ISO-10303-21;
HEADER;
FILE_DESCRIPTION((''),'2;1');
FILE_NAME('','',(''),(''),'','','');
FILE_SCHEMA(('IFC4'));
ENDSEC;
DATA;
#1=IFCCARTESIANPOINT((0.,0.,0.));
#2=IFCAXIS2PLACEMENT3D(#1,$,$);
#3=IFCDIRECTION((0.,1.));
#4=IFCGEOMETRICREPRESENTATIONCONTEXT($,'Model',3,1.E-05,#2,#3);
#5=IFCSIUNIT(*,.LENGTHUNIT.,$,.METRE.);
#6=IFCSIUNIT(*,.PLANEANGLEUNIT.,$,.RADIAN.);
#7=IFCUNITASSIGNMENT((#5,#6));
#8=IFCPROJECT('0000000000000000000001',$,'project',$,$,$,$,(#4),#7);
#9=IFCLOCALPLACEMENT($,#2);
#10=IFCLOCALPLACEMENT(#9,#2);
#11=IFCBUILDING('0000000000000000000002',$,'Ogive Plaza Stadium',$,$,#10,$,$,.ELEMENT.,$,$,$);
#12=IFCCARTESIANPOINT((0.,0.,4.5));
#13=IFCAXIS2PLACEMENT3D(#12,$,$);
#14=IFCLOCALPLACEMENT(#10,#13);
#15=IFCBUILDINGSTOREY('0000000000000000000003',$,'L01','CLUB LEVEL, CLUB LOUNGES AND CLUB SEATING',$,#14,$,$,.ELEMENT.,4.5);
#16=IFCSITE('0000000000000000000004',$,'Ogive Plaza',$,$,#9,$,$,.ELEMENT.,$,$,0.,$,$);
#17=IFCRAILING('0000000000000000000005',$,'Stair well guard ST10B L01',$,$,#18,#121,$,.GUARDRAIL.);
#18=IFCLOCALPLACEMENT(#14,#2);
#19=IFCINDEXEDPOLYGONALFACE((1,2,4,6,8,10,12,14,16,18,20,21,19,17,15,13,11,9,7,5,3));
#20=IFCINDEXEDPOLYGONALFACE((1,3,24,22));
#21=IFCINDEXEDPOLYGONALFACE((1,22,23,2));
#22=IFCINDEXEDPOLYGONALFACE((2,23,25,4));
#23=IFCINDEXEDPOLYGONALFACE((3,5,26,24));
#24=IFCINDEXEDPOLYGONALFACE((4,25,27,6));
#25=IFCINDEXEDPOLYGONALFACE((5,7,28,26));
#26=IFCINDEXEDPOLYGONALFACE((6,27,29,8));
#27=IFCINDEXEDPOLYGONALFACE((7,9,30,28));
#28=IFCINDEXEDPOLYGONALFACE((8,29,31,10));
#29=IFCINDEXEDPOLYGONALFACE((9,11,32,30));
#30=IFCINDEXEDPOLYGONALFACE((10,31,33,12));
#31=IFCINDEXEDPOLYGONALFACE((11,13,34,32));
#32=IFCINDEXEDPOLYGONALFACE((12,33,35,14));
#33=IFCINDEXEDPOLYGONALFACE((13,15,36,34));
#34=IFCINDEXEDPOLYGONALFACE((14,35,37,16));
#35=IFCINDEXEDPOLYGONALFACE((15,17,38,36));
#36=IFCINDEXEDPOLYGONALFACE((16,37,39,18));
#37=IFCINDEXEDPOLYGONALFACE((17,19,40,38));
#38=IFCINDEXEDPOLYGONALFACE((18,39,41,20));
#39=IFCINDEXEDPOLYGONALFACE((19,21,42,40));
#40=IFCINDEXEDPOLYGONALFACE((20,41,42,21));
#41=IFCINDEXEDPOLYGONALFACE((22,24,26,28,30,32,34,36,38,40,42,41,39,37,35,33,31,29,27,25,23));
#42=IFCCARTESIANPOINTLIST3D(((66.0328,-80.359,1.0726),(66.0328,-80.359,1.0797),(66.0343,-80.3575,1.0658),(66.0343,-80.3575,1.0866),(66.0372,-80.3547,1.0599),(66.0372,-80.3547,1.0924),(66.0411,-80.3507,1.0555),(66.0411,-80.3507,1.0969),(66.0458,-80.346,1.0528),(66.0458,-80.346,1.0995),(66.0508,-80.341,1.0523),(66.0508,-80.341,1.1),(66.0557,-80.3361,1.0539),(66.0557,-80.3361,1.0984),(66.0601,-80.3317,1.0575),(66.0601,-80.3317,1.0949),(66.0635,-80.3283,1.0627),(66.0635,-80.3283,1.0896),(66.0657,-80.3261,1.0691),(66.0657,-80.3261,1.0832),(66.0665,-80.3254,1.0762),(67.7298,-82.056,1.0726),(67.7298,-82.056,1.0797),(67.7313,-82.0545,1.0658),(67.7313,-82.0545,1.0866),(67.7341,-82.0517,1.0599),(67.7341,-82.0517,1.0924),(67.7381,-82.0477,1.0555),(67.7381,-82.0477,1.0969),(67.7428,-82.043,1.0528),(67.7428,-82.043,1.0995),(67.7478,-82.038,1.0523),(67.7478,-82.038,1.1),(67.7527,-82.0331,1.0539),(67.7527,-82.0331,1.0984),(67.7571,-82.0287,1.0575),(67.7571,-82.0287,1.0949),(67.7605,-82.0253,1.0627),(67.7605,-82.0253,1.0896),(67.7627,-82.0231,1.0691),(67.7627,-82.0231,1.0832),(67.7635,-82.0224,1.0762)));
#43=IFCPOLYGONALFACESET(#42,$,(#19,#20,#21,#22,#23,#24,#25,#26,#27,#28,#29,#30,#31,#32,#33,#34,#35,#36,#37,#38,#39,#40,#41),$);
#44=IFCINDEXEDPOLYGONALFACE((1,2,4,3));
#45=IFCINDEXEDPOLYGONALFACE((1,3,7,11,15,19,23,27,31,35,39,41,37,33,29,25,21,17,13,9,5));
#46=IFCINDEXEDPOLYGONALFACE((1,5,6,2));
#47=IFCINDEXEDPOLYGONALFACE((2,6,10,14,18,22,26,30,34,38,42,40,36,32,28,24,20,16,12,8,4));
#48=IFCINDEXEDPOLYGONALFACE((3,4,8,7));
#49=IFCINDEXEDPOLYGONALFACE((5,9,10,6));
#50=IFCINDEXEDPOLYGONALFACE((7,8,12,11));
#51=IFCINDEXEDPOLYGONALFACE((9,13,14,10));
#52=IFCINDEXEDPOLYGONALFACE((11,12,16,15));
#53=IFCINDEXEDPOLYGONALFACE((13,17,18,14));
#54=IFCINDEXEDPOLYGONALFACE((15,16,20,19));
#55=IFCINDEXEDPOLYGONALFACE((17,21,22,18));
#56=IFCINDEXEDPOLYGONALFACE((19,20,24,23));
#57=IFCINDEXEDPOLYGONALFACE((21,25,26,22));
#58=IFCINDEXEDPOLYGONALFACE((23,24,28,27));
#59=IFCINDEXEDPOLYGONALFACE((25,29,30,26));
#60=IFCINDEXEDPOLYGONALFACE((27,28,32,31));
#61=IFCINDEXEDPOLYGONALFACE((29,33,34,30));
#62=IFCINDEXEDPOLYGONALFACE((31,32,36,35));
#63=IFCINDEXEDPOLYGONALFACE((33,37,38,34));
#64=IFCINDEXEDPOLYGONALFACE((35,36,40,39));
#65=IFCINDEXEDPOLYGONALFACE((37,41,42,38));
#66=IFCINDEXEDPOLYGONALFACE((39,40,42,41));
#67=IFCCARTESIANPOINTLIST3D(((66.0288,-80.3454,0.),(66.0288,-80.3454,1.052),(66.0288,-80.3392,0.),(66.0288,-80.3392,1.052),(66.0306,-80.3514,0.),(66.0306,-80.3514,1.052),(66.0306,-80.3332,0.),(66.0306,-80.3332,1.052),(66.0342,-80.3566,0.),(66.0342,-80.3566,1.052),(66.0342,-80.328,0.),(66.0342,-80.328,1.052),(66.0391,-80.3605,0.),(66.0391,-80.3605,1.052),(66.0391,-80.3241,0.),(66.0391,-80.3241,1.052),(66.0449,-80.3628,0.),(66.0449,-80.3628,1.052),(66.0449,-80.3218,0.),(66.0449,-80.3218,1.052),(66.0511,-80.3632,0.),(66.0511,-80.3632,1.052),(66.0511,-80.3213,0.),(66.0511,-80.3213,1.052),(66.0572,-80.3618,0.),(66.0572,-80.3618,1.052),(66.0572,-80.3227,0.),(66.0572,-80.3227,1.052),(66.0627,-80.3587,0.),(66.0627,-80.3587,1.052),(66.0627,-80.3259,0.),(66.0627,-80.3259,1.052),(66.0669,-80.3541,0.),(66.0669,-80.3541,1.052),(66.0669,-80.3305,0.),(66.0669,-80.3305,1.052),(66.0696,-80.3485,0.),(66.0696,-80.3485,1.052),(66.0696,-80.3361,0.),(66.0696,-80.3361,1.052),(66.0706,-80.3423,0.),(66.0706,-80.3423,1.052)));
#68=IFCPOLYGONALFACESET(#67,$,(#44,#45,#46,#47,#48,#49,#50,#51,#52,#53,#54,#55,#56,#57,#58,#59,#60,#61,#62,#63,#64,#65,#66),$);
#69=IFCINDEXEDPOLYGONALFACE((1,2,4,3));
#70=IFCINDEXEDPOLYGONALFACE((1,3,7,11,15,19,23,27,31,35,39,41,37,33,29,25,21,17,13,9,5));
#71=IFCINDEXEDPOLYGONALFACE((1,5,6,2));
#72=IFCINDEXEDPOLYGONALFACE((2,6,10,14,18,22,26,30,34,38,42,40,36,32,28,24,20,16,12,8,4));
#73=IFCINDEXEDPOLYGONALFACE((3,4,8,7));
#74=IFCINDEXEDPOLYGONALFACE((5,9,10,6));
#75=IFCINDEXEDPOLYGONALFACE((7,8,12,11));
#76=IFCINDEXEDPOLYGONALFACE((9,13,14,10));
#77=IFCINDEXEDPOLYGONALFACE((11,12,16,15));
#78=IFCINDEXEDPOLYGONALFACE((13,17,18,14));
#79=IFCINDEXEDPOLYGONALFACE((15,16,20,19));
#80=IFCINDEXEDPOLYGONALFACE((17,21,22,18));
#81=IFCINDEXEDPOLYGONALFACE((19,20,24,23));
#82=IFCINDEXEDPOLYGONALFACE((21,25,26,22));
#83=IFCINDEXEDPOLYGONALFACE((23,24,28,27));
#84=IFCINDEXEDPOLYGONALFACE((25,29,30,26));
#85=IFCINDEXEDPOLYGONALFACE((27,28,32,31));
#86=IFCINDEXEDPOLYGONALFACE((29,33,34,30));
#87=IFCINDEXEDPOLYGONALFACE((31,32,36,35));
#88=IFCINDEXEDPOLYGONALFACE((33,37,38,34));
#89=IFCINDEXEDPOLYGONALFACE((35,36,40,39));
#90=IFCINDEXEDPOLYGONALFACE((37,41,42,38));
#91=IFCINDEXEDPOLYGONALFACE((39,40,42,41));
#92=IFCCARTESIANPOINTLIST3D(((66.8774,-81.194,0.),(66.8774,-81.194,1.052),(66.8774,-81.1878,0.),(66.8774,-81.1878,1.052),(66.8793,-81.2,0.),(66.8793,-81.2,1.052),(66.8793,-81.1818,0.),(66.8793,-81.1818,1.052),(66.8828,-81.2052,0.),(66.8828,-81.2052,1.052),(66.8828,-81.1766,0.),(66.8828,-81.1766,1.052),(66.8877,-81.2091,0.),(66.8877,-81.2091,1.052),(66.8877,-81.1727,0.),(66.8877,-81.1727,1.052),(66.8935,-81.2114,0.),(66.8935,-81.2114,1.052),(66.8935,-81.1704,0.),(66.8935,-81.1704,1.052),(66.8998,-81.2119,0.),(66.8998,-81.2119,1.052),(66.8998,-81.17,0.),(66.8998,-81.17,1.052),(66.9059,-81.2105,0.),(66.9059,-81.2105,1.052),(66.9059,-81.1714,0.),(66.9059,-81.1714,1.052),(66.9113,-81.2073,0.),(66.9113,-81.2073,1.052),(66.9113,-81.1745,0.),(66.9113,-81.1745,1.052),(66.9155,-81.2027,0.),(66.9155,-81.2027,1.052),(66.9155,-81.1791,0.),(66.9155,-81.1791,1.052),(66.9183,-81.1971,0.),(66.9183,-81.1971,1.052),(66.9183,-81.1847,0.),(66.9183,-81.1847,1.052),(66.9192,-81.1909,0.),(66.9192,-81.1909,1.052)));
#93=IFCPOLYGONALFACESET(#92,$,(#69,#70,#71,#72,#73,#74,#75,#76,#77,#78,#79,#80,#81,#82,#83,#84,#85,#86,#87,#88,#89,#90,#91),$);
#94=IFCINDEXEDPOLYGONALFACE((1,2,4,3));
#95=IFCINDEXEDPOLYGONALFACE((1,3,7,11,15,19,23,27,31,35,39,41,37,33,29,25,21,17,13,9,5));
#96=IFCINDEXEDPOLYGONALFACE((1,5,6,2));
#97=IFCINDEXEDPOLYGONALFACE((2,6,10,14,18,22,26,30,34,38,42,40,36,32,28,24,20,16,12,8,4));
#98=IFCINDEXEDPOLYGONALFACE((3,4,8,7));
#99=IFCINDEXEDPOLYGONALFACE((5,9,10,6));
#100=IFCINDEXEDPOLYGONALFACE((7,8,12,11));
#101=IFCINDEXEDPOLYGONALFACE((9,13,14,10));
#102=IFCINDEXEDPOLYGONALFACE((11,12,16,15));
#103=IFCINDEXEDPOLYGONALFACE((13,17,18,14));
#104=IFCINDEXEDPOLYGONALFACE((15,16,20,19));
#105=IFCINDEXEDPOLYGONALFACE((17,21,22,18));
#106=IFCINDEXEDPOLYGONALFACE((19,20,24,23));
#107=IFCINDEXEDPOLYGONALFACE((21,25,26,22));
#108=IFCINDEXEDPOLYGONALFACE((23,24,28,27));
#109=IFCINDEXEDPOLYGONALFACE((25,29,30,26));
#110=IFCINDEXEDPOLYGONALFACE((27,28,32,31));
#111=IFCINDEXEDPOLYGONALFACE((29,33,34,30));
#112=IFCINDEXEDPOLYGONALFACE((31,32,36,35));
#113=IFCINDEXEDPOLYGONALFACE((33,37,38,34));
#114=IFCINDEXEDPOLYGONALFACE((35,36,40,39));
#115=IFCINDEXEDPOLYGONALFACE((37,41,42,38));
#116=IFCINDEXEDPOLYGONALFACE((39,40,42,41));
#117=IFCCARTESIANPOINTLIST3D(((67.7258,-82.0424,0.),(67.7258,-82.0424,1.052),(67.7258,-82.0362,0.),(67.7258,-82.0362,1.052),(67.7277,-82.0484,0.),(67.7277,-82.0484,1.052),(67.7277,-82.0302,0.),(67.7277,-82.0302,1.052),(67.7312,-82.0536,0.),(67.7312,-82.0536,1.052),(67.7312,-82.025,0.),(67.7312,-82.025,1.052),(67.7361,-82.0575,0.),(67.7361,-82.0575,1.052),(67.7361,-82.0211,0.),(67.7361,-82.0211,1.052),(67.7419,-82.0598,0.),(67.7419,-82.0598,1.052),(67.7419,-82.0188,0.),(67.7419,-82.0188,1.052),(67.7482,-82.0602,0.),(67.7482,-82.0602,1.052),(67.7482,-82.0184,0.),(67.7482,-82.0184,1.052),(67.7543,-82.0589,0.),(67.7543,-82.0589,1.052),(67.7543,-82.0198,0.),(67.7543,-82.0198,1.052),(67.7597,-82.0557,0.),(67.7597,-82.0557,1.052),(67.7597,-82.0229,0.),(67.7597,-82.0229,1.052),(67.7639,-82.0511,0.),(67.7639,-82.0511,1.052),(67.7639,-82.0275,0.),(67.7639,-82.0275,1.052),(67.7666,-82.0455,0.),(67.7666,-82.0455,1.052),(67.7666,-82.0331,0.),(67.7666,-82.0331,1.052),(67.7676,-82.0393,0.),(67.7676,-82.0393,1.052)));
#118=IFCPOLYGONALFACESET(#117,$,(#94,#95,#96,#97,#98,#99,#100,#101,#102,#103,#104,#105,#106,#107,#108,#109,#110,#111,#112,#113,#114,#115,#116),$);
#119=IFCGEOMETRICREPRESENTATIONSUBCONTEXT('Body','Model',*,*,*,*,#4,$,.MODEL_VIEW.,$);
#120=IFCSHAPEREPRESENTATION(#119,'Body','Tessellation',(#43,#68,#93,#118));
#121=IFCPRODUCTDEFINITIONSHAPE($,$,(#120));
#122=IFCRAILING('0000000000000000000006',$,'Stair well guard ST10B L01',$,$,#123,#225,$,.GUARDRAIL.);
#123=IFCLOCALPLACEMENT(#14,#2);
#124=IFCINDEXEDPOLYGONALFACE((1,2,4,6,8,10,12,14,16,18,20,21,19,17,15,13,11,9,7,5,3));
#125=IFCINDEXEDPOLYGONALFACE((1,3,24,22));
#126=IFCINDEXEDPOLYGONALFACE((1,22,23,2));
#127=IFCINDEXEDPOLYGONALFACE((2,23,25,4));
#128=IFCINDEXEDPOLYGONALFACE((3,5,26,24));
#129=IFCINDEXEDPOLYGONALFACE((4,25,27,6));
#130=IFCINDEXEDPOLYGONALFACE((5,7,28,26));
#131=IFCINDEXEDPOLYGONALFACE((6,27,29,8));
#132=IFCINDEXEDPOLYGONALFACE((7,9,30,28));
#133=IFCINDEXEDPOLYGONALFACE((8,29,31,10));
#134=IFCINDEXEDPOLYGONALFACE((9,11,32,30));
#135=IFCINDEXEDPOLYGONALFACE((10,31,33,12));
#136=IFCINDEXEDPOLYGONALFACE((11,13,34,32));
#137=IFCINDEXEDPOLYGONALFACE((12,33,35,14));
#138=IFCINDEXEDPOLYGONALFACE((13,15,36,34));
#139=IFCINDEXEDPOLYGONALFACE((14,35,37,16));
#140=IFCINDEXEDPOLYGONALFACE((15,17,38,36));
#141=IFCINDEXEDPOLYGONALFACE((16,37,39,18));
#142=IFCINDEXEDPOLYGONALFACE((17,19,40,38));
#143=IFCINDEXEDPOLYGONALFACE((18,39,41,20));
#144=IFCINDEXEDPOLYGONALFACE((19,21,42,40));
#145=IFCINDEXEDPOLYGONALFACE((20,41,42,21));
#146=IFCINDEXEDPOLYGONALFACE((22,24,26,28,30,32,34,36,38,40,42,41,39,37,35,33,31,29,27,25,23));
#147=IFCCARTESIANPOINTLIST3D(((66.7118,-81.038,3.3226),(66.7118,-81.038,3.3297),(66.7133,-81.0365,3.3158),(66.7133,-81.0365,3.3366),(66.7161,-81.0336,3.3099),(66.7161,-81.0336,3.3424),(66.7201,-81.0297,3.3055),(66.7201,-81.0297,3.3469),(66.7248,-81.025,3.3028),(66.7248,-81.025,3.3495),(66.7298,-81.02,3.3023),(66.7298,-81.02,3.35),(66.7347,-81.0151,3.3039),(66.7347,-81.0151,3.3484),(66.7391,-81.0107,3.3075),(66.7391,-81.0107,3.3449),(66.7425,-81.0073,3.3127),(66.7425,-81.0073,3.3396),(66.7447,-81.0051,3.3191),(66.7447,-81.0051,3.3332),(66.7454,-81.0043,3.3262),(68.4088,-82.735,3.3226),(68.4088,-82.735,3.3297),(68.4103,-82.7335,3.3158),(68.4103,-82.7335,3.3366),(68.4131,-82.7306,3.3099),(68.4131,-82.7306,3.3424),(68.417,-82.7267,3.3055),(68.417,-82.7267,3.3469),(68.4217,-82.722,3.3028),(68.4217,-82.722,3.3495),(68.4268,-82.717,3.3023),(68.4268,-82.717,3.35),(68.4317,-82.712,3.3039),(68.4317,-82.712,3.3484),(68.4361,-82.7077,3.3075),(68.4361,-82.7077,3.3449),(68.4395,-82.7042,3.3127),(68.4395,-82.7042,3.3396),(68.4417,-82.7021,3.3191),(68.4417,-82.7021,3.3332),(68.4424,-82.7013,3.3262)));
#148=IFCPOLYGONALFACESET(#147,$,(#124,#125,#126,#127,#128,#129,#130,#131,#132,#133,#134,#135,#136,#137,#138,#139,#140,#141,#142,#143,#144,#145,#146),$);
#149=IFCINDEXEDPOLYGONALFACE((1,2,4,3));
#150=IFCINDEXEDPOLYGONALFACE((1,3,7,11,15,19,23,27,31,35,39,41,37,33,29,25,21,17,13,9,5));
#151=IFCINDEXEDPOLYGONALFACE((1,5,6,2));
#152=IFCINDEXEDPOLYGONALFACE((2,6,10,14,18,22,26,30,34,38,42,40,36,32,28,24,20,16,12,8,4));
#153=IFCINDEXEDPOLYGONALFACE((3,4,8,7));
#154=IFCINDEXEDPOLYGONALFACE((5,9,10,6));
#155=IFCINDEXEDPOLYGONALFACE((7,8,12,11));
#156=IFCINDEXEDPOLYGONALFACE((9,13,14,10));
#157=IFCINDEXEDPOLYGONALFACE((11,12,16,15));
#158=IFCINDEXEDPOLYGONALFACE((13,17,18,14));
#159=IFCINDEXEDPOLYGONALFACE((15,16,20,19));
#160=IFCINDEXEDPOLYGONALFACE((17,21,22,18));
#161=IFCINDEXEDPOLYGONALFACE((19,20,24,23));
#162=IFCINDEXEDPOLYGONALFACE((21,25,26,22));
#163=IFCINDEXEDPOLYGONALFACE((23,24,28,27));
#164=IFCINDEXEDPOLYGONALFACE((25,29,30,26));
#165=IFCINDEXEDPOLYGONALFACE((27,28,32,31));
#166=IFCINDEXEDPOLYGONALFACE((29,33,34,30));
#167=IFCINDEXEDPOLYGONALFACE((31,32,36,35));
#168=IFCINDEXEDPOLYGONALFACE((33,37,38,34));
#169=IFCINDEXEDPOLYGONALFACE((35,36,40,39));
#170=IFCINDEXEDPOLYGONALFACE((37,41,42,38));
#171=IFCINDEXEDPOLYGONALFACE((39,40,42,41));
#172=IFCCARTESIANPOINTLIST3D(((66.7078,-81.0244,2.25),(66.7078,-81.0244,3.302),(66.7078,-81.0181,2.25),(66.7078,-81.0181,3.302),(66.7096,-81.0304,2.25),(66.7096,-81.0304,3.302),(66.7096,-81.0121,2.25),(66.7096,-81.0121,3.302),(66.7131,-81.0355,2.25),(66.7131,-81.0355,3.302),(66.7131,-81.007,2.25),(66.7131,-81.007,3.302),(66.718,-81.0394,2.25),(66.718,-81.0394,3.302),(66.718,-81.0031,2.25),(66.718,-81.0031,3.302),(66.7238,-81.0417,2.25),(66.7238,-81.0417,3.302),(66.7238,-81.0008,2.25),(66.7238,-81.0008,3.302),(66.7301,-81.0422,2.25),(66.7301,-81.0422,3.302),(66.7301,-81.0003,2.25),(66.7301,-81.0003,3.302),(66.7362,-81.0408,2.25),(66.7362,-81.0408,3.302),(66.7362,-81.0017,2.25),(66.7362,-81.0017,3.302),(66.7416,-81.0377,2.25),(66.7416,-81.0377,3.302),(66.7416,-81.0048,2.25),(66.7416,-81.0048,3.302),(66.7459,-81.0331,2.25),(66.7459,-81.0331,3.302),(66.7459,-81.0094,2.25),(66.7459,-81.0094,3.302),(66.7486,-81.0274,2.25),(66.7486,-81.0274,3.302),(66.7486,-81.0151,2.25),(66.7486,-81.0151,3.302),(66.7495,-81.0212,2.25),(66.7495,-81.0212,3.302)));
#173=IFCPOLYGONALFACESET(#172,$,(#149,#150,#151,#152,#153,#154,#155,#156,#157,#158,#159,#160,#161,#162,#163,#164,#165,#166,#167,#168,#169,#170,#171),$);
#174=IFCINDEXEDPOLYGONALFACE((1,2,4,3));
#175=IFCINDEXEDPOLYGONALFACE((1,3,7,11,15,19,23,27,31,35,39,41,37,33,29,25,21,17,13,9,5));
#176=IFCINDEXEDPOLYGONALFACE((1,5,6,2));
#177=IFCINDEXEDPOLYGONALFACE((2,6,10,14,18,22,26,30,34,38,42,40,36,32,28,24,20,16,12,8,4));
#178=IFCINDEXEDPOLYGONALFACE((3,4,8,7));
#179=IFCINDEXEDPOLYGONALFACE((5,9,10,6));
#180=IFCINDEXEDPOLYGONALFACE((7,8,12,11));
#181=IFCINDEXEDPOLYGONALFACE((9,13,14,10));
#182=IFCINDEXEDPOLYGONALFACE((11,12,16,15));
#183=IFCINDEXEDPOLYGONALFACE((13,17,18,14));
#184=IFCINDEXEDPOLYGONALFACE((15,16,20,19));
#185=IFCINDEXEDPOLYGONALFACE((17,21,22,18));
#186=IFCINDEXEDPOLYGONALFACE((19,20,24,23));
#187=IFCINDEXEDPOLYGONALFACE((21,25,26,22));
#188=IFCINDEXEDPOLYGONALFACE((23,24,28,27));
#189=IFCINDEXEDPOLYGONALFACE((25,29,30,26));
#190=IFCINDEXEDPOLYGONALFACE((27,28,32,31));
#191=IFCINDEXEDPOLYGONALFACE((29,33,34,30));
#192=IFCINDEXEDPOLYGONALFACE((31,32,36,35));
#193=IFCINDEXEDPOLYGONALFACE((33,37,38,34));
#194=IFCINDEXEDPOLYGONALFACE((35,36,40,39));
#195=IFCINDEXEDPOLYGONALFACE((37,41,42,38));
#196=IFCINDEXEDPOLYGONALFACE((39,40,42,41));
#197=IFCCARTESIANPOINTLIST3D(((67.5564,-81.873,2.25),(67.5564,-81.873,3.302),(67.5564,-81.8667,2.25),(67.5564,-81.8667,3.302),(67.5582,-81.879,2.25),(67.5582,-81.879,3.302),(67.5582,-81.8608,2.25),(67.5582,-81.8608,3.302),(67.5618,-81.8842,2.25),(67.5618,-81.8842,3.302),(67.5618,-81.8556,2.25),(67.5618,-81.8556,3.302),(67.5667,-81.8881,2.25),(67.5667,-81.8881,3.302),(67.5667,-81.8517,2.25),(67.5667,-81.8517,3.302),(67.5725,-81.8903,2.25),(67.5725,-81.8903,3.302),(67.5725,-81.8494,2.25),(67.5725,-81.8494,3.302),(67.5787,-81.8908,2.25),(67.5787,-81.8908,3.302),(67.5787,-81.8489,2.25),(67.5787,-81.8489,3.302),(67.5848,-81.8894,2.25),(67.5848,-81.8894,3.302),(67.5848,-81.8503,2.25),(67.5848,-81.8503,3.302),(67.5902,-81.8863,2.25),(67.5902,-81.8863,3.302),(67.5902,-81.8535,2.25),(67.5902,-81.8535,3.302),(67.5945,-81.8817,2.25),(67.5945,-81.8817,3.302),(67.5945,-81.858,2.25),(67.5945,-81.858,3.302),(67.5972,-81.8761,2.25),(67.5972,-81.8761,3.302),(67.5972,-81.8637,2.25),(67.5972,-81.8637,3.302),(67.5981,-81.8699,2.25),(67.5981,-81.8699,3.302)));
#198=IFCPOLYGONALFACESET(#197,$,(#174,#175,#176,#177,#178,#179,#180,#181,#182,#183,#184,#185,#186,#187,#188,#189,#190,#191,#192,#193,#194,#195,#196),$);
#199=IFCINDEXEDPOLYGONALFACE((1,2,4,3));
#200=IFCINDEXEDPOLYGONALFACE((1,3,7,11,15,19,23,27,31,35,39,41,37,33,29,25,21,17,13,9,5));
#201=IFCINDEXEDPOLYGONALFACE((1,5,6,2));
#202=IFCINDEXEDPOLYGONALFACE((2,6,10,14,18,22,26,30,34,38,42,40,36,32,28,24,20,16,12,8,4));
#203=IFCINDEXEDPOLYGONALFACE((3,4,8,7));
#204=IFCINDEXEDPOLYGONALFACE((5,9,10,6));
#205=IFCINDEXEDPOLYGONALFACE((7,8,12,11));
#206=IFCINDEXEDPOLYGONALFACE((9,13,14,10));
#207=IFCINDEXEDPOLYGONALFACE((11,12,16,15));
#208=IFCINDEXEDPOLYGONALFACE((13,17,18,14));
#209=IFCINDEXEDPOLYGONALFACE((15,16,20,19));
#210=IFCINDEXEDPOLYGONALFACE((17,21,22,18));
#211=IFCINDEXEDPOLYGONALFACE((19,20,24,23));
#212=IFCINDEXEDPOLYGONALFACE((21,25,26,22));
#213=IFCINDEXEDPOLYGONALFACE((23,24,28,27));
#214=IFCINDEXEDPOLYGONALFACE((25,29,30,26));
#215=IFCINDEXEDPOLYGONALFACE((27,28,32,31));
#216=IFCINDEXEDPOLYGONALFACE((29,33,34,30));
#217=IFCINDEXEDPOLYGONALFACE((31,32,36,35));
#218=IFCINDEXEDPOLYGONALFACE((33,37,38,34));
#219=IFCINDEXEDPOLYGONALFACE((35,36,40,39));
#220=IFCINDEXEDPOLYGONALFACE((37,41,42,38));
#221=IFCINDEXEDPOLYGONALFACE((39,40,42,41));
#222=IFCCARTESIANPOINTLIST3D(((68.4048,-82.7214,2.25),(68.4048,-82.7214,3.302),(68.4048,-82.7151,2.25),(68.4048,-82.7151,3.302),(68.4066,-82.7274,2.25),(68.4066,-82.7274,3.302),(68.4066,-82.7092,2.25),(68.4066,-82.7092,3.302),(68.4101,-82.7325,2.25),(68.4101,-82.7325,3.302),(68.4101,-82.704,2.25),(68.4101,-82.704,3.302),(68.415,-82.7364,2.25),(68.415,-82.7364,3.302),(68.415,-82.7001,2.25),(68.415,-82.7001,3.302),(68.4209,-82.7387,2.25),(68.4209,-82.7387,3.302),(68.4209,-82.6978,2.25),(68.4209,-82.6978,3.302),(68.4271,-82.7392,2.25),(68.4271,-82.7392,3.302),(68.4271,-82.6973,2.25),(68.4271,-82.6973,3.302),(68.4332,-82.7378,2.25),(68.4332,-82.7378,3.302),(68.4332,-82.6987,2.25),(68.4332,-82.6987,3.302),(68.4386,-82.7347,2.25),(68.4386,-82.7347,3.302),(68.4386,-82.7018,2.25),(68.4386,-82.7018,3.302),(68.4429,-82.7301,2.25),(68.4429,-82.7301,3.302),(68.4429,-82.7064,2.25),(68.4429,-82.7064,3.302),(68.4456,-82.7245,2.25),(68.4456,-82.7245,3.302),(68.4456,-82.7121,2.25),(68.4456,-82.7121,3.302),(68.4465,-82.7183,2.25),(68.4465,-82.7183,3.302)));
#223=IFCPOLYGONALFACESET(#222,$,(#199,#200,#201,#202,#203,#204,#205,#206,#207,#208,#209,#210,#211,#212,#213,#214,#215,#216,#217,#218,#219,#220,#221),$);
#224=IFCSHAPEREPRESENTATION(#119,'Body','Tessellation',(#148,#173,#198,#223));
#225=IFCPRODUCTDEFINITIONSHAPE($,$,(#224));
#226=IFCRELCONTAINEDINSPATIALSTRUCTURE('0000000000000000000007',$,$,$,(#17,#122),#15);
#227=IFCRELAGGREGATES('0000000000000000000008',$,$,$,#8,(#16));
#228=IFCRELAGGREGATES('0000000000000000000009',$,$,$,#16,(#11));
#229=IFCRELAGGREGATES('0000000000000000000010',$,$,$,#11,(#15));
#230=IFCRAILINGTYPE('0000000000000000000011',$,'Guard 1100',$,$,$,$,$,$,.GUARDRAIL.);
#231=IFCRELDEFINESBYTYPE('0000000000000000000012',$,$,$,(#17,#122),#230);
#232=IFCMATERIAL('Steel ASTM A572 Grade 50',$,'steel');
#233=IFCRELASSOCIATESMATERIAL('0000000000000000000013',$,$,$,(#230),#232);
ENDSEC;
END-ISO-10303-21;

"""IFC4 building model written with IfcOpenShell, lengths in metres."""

from ifc_helpers import new_model, si_unit, direction, frame, origin, origin_2d, place, context, subcontext, project, spatial, circle, extrude, material, type_object, element, save


model = new_model("IFC4")

# Units and contexts
model_context = context("Model", 3, precision=1e-05, world=origin(), true_north=direction((0.0, 1.0)))
body_context = subcontext(model_context, "Body", "Model", "MODEL_VIEW")
ifc_project = project(units=[si_unit("LENGTHUNIT", "METRE"), si_unit("PLANEANGLEUNIT", "RADIAN")], contexts=[model_context])

# Site, building, storey
site_placement = place(None, origin())
site = spatial("IfcSite", under=ifc_project, at=site_placement, Name="Ogive Plaza", CompositionType="ELEMENT", RefElevation=0.0)
building_placement = place(site_placement, origin())
building = spatial("IfcBuilding", under=site, at=building_placement, Name="Ogive Plaza Stadium", CompositionType="ELEMENT")
storey_placement = place(building_placement, frame((0.0, 0.0, 4.5)))
storey = spatial("IfcBuildingStorey", under=building, at=storey_placement, Name="L01", Description="CLUB LEVEL, CLUB LOUNGES AND CLUB SEATING", CompositionType="ELEMENT", Elevation=4.5)

# Railings
ifc_material_1 = material(Name="Steel ASTM A572 Grade 50", Category="steel")
railing_type_1 = type_object("IfcRailingType", Name="Guard 1100", PredefinedType="GUARDRAIL", material=ifc_material_1)
for number, where, name in (
    (1, (66.0496, -80.3423, 0.0), "Stair well guard ST10B L01"),
    (2, (66.7285, -81.0212, 2.25), "Stair well guard ST10B L01"),
):
    element("IfcRailing", number, at=place(storey_placement, frame(where)), inside=storey, type_object=railing_type_1, Name=name, PredefinedType="GUARDRAIL", context=body_context, shape_type="SweptSolid", body=[
        extrude(circle(Radius=0.0239, at=origin_2d()), frame((0.0, 0.0, 1.0762), z_axis=(0.707107, -0.707107, 0.0), x_axis=(0.707107, 0.707107, 0.0)), (0.0, 0.0, 1.0), 2.3999),
        extrude(circle(Radius=0.021, at=origin_2d()), origin(), (0.0, 0.0, 1.0), 1.052),
        extrude(circle(Radius=0.021, at=origin_2d()), frame((0.8486, -0.8486, 0.0)), (0.0, 0.0, 1.0), 1.052),
        extrude(circle(Radius=0.021, at=origin_2d()), frame((1.697, -1.697, 0.0)), (0.0, 0.0, 1.0), 1.052),
    ])

save(model, "model.ifc")
